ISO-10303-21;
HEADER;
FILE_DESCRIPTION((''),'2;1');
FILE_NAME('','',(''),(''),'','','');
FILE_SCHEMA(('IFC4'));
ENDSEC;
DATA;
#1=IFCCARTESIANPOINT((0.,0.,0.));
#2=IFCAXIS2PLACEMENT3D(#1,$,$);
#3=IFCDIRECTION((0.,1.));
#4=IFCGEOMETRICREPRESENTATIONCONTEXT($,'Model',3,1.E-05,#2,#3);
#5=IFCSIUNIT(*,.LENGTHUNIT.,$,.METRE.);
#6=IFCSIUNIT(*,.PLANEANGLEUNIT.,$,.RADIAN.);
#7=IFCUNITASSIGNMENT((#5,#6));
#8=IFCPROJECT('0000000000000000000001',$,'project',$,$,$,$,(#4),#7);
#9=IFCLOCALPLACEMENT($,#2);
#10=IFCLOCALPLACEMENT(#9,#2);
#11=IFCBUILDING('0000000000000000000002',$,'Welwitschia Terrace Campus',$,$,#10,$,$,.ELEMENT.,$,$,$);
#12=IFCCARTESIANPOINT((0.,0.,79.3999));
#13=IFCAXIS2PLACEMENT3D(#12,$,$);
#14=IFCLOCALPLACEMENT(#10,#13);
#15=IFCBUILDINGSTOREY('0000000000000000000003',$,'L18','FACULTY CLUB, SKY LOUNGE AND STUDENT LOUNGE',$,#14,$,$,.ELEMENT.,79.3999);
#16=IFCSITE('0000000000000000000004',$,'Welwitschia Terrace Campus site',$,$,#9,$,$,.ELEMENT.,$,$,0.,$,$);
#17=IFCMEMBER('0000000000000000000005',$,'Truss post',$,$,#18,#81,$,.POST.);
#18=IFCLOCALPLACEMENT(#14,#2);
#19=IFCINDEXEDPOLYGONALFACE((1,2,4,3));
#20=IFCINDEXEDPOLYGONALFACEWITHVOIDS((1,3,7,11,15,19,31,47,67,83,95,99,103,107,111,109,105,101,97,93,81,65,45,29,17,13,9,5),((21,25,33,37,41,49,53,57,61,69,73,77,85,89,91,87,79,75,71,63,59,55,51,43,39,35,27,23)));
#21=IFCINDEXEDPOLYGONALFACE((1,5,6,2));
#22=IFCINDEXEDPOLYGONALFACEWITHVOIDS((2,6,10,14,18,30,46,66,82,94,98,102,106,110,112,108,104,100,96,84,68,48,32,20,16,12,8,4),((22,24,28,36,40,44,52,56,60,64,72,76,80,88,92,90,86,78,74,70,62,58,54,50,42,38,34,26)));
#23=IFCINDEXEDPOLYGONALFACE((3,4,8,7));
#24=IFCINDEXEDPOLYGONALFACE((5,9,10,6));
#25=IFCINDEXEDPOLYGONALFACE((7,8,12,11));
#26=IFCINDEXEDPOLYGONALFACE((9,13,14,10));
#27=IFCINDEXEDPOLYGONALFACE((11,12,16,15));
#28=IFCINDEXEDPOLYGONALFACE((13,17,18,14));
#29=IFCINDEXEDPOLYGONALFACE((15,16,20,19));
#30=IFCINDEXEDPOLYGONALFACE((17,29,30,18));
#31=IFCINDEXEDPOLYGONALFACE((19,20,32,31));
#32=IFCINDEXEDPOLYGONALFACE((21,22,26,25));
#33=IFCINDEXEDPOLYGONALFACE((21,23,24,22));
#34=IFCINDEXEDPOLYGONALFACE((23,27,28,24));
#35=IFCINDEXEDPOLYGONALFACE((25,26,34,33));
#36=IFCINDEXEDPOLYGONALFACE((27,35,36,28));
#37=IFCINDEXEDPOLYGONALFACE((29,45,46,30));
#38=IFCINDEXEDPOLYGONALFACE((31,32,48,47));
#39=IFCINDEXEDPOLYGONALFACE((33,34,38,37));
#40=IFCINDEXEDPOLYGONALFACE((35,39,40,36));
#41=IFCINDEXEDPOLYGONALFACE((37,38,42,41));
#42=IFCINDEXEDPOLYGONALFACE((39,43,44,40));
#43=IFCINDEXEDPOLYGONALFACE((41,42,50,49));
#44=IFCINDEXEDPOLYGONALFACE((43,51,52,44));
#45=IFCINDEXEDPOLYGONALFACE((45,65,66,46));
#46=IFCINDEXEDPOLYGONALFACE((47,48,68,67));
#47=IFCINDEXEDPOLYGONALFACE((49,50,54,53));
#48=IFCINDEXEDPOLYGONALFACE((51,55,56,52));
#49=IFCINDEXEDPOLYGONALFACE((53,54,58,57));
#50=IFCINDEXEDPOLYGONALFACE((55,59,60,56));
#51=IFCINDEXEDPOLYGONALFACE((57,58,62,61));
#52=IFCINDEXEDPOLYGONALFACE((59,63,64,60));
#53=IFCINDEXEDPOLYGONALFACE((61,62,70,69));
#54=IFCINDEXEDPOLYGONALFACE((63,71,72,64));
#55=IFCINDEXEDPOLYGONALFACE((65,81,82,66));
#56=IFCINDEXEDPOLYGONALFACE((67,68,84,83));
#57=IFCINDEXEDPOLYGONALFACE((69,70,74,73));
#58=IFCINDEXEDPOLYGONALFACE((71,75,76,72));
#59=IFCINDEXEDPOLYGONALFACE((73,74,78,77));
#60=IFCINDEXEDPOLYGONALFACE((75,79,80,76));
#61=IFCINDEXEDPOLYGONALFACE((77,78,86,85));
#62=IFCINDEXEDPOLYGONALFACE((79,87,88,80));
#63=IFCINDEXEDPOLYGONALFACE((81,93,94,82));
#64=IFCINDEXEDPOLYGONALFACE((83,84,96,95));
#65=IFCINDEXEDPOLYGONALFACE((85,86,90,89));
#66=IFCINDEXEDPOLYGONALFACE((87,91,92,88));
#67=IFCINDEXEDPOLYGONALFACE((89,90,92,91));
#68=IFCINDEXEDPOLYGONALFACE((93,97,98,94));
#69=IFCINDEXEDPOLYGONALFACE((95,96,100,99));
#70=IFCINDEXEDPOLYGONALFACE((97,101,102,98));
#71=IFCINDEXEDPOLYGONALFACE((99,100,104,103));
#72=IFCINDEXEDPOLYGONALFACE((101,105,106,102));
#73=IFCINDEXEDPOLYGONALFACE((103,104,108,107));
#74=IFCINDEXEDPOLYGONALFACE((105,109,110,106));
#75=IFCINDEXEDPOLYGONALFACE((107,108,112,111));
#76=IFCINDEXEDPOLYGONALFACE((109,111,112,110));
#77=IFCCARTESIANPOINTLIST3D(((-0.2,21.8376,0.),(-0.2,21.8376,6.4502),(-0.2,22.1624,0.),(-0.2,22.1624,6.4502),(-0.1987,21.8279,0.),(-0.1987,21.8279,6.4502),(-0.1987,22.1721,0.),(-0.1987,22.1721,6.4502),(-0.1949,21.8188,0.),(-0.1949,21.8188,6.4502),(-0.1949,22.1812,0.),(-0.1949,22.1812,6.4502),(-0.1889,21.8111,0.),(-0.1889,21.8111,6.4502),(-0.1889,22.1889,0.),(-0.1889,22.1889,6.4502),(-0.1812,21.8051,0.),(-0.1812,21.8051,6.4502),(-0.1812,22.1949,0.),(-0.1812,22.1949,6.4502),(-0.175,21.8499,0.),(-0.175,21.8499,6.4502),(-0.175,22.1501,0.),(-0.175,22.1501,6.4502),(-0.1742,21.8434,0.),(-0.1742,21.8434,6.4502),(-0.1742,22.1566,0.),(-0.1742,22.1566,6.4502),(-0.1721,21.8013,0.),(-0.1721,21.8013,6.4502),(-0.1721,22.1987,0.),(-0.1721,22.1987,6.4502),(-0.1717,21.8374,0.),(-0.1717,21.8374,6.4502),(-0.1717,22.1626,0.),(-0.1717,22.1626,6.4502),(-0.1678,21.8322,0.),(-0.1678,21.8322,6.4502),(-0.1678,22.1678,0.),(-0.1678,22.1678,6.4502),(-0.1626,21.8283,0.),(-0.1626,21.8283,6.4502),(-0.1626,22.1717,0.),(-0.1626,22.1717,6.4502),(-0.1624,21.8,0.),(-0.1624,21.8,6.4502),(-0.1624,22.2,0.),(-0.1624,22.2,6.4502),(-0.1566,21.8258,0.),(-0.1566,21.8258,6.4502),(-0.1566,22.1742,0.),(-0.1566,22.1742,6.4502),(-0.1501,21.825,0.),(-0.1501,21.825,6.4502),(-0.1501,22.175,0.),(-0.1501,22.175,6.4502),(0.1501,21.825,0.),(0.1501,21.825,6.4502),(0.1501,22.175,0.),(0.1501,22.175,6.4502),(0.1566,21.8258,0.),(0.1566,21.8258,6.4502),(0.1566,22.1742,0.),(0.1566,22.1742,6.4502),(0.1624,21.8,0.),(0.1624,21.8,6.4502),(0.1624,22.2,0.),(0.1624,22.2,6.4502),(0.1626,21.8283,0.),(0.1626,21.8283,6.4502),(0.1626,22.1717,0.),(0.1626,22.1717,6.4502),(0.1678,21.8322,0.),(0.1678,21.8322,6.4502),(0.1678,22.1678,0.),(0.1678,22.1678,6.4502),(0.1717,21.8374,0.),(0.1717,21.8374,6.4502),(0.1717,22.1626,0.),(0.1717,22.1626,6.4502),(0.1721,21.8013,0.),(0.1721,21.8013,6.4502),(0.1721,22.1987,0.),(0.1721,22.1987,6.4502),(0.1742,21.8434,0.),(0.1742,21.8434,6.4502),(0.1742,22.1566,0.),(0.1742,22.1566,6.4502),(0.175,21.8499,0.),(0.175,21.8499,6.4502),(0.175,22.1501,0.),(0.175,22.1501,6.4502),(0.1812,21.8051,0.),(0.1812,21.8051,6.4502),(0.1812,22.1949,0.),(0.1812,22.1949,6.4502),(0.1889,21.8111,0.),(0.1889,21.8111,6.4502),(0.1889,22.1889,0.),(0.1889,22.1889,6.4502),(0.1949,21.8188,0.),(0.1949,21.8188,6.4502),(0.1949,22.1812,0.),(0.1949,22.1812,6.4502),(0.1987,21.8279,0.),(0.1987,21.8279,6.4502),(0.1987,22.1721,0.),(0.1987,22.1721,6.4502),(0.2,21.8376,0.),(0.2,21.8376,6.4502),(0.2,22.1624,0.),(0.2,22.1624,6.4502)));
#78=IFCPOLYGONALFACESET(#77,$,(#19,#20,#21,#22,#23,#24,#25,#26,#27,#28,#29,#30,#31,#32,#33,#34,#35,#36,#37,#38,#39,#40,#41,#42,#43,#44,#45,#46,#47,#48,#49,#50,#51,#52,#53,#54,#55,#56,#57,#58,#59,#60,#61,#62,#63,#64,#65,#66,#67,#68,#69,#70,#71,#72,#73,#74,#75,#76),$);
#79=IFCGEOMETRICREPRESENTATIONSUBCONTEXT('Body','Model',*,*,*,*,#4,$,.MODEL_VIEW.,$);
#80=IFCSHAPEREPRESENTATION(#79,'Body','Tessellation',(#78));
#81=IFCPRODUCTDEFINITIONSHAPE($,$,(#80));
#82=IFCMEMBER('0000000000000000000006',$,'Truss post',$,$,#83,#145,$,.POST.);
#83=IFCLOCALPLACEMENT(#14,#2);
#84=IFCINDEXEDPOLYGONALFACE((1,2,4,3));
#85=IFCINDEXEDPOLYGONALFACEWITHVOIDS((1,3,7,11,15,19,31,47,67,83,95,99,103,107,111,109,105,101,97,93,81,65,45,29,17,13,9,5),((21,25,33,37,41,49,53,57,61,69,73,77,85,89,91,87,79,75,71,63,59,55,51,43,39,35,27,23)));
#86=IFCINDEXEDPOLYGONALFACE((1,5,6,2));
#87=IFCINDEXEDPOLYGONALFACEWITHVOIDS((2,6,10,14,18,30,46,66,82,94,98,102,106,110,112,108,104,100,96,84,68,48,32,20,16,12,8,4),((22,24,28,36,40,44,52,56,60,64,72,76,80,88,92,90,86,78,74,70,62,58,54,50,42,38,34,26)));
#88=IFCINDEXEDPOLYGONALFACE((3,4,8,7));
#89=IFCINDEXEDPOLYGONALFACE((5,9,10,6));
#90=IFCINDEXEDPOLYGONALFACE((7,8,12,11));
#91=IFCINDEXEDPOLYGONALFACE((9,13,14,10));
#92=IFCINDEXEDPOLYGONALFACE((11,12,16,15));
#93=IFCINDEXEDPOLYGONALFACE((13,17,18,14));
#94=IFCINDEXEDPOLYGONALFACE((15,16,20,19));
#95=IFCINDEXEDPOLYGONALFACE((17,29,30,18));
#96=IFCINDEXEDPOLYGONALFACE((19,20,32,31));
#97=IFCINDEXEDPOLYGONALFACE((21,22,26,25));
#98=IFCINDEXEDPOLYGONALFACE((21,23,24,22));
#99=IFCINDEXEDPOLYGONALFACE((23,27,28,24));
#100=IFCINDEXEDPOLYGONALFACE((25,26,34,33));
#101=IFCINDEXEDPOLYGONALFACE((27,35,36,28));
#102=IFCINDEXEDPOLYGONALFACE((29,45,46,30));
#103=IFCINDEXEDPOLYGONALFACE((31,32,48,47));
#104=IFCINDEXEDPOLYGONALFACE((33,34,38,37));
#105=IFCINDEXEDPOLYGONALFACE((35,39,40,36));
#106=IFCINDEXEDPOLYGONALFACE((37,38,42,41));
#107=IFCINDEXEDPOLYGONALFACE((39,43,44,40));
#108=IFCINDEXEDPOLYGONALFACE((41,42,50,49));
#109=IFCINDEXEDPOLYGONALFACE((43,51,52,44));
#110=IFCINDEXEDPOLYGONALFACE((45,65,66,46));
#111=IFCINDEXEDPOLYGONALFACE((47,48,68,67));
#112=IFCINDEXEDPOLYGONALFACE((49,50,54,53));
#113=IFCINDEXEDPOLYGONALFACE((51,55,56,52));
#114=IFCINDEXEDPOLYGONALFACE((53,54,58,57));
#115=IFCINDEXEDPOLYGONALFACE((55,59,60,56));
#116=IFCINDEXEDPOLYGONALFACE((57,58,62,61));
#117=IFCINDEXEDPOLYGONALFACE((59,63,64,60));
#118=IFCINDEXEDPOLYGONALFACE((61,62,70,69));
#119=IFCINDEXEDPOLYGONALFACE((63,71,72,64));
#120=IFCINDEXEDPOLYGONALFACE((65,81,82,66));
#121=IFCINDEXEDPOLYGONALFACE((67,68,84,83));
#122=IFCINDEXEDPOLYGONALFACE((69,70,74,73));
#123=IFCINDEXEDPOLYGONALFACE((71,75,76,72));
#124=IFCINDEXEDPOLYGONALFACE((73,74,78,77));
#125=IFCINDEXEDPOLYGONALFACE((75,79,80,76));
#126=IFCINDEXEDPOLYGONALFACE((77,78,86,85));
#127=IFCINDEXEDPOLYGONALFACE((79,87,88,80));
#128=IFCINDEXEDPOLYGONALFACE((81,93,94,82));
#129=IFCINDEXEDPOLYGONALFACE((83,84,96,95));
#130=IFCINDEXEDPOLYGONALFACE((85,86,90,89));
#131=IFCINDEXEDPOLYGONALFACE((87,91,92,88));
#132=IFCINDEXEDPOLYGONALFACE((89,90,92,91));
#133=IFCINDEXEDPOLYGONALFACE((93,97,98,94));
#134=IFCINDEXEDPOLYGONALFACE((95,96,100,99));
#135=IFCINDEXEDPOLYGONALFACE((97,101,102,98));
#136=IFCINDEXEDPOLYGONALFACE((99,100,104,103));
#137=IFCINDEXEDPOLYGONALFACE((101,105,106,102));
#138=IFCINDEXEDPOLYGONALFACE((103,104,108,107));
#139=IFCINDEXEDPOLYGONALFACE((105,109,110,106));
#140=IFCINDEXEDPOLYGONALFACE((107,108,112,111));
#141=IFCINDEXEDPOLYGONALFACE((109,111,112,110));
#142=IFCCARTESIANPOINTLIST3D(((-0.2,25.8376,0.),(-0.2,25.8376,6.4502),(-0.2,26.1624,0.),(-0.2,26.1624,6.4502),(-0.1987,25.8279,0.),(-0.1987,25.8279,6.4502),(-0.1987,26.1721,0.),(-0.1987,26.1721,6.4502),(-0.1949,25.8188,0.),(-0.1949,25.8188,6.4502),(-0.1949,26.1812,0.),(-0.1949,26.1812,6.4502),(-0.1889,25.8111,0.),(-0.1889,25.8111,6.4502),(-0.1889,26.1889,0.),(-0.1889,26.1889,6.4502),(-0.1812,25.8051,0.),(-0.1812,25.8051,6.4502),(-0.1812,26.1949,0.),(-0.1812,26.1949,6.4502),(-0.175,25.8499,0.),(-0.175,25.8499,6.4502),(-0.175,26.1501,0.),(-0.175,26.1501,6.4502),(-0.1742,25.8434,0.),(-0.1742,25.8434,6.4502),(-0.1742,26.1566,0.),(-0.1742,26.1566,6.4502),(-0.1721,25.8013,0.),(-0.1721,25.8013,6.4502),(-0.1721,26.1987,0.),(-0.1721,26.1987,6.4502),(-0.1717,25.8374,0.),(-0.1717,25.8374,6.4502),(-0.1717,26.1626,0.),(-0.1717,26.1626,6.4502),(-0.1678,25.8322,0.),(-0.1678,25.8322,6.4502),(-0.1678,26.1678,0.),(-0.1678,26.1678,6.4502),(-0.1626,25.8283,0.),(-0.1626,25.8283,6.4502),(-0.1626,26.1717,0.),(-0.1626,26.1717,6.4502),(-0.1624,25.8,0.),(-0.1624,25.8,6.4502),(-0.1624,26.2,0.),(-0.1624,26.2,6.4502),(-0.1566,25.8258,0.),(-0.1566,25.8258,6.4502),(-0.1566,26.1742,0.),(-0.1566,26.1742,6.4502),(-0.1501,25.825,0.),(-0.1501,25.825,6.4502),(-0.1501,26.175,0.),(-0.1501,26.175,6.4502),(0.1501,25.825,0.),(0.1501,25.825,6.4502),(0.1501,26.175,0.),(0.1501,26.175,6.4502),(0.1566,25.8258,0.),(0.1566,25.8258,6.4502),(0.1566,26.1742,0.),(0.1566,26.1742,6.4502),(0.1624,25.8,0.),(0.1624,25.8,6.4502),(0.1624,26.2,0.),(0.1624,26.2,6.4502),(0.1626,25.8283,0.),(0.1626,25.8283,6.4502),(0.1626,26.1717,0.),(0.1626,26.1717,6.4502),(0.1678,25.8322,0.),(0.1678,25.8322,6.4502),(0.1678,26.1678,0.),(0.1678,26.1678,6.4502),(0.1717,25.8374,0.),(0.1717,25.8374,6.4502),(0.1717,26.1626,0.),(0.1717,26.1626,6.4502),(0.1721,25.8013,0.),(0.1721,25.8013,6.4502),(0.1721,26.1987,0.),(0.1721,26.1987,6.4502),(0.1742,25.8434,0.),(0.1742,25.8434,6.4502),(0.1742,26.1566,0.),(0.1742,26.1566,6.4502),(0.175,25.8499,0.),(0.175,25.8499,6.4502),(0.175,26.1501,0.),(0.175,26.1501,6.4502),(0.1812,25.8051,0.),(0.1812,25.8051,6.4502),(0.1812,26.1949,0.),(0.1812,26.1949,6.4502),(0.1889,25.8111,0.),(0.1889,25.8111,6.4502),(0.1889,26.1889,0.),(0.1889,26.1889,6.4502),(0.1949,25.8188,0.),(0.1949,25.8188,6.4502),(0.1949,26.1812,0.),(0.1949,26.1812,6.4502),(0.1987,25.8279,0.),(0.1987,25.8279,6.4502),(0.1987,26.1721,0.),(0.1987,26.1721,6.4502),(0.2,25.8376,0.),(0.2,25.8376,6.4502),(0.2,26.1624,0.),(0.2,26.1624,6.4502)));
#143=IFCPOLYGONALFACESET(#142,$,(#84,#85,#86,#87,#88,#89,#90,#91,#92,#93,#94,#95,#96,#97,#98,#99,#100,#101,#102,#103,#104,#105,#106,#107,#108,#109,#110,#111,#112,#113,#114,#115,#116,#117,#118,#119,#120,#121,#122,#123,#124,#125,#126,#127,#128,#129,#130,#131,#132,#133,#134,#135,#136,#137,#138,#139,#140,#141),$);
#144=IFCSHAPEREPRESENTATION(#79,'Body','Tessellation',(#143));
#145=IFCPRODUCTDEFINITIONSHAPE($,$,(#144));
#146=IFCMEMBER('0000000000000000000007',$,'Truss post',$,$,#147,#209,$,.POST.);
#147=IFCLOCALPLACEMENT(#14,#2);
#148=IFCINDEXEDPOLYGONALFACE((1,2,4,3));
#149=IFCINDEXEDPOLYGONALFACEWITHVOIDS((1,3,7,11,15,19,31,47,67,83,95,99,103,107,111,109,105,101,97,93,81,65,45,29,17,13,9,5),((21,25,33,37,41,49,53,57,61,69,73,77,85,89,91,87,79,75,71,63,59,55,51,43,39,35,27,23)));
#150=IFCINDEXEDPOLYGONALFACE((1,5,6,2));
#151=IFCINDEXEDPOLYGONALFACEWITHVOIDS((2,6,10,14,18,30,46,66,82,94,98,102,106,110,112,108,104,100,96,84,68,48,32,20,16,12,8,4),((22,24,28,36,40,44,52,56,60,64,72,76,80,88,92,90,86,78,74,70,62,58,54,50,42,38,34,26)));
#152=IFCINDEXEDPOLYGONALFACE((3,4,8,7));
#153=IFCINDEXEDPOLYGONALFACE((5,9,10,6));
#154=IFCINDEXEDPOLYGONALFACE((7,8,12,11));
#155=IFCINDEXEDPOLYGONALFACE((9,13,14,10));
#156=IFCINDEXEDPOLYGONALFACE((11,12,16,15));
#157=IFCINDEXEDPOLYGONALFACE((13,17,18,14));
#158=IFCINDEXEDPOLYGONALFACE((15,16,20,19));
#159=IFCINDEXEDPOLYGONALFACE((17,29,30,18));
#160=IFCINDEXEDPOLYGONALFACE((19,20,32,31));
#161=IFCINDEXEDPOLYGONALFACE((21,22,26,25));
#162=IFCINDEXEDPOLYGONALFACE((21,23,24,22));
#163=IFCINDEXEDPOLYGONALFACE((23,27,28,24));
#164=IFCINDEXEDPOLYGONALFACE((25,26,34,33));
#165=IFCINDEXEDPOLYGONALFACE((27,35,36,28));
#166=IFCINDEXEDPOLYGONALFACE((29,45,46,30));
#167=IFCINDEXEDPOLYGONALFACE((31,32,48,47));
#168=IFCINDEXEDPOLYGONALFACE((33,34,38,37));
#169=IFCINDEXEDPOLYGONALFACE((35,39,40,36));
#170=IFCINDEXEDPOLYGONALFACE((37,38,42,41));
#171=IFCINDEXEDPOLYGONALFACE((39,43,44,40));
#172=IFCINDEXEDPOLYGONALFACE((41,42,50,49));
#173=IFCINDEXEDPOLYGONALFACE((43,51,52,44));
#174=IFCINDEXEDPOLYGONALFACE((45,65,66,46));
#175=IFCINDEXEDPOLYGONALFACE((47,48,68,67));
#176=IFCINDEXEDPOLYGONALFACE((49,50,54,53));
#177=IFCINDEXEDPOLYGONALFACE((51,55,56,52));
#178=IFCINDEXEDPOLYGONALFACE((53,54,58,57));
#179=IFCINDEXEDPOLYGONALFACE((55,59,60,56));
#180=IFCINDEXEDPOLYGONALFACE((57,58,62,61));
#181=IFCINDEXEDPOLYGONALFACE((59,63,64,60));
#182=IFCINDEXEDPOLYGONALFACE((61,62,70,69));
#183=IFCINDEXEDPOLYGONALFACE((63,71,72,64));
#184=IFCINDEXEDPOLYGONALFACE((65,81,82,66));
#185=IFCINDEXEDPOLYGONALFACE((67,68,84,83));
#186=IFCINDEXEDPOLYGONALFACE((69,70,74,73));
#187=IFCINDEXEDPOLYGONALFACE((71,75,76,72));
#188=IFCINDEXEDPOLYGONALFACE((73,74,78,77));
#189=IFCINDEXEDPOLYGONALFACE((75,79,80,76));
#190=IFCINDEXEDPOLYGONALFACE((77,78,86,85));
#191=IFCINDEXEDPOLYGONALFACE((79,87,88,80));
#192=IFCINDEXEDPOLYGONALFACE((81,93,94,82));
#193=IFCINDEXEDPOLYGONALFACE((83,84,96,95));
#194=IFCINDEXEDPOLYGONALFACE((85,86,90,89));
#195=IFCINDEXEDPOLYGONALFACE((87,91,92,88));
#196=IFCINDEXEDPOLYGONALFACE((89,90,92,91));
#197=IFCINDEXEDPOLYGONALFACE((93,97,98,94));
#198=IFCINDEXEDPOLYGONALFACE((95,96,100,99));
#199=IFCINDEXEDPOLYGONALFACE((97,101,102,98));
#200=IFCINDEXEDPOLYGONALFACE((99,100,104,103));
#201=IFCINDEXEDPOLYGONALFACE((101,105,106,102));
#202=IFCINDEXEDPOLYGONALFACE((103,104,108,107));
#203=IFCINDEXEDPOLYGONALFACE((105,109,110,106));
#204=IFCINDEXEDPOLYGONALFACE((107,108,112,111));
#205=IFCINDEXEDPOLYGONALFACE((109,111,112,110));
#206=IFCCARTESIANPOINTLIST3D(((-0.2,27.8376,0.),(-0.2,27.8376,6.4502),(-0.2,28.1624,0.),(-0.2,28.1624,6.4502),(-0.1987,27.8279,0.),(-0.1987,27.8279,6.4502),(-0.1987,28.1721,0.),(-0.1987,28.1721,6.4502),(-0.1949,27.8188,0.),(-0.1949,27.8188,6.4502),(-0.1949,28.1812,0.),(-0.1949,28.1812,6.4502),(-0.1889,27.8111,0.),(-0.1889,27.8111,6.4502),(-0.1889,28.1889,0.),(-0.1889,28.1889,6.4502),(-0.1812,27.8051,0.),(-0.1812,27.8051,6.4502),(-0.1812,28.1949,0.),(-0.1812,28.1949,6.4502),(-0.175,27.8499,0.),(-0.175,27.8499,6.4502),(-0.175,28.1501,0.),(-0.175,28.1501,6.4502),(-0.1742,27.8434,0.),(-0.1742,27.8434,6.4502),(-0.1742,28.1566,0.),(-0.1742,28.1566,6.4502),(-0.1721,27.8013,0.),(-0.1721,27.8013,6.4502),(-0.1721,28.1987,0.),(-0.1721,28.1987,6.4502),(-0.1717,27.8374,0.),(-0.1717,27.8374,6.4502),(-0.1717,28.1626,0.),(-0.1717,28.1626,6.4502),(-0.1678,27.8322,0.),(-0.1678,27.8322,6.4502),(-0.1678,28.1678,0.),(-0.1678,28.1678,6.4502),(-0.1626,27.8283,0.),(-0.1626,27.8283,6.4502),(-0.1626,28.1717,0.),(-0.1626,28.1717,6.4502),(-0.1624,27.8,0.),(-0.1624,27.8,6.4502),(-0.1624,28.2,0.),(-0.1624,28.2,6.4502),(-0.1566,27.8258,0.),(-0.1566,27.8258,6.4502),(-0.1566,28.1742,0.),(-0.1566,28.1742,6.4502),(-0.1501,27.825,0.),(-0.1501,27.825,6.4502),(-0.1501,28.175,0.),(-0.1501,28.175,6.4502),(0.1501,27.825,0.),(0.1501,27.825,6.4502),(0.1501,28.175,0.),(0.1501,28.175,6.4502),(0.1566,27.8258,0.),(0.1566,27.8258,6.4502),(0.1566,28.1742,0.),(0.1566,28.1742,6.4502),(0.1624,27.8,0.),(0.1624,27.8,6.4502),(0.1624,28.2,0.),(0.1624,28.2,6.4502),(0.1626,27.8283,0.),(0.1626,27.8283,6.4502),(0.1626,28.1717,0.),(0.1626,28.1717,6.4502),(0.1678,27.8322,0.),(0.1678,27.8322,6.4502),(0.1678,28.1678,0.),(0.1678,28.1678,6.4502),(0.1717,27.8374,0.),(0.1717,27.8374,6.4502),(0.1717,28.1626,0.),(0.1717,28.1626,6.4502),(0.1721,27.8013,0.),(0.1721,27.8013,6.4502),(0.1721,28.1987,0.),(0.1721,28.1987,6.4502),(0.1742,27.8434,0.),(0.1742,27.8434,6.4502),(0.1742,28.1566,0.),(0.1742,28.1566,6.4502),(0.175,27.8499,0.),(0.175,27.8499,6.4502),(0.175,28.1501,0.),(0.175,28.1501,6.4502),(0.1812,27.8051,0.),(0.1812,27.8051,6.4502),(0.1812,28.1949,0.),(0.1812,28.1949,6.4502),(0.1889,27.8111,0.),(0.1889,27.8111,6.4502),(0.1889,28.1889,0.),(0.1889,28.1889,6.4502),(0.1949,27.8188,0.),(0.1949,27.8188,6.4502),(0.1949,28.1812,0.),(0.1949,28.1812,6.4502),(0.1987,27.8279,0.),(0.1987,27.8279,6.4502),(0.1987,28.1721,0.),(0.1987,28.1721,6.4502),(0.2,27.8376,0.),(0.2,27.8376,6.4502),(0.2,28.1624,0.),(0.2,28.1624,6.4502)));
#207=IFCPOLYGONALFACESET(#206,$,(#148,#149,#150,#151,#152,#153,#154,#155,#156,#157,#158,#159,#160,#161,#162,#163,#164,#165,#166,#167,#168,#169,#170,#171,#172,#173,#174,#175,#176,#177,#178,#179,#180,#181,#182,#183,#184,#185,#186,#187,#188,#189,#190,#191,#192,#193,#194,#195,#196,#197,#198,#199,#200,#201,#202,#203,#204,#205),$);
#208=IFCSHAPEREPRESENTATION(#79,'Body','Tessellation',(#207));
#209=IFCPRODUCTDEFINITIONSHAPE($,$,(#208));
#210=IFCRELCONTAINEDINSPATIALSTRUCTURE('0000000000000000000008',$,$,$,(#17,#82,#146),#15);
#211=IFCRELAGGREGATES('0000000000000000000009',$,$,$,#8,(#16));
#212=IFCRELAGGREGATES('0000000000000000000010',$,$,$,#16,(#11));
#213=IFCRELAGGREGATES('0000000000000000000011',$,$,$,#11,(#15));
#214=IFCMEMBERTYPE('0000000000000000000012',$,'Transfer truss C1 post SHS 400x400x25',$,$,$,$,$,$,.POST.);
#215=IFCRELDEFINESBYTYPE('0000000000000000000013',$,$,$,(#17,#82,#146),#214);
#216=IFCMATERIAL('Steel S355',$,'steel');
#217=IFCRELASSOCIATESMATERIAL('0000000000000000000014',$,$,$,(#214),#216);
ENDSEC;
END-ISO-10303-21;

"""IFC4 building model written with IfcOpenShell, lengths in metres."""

from ifc_helpers import new_model, si_unit, direction, frame, origin, origin_2d, place, context, subcontext, project, spatial, hollow_rectangle, extrude, material, material_profile, profile_set, type_object, element, save


model = new_model("IFC4")

# Units and contexts
model_context = context("Model", 3, precision=1e-05, world=origin(), true_north=direction((0.0, 1.0)))
body_context = subcontext(model_context, "Body", "Model", "MODEL_VIEW")
ifc_project = project(units=[si_unit("LENGTHUNIT", "METRE"), si_unit("PLANEANGLEUNIT", "RADIAN")], contexts=[model_context])

# Site, building, storey
site_placement = place(None, origin())
site = spatial("IfcSite", under=ifc_project, at=site_placement, Name="Welwitschia Terrace Campus site", CompositionType="ELEMENT", RefElevation=0.0)
building_placement = place(site_placement, origin())
building = spatial("IfcBuilding", under=site, at=building_placement, Name="Welwitschia Terrace Campus", CompositionType="ELEMENT")
storey_placement = place(building_placement, frame((0.0, 0.0, 79.3999)))
storey = spatial("IfcBuildingStorey", under=building, at=storey_placement, Name="L18", Description="FACULTY CLUB, SKY LOUNGE AND STUDENT LOUNGE", CompositionType="ELEMENT", Elevation=79.3999)

# Members
ifc_material_1 = material(Name="Steel S355", Category="steel")
ifc_material_profile_1 = material_profile(ifc_material_1, hollow_rectangle(XDim=0.3999, YDim=0.3999, WallThickness=0.0249, InnerFilletRadius=0.0249, OuterFilletRadius=0.0376, at=origin_2d()))
ifc_profile_set_1 = profile_set([ifc_material_profile_1], Name="Steel S355")
member_type_1 = type_object("IfcMemberType", Name="Transfer truss C1 post SHS 400x400x25", PredefinedType="POST", material=ifc_profile_set_1)
for number, where, z_axis, x_axis, name in (
    (1, (0.0, 22.0, 0.0), (0.0, 0.0, 1.0), (1.0, 0.0, 0.0), "Truss post"),
    (2, (0.0, 26.0, 0.0), (0.0, 0.0, 1.0), (1.0, 0.0, 0.0), "Truss post"),
    (3, (0.0, 28.0, 0.0), (0.0, 0.0, 1.0), (1.0, 0.0, 0.0), "Truss post"),
):
    element("IfcMember", number, at=place(storey_placement, frame(where, z_axis=z_axis, x_axis=x_axis)), inside=storey, type_object=member_type_1, Name=name, PredefinedType="POST", context=body_context, shape_type="SweptSolid", body=[
        extrude(hollow_rectangle(XDim=0.3999, YDim=0.3999, WallThickness=0.0249, InnerFilletRadius=0.0249, OuterFilletRadius=0.0376, at=origin_2d()), origin(), (0.0, 0.0, 1.0), 6.4502),
    ])

save(model, "model.ifc")
